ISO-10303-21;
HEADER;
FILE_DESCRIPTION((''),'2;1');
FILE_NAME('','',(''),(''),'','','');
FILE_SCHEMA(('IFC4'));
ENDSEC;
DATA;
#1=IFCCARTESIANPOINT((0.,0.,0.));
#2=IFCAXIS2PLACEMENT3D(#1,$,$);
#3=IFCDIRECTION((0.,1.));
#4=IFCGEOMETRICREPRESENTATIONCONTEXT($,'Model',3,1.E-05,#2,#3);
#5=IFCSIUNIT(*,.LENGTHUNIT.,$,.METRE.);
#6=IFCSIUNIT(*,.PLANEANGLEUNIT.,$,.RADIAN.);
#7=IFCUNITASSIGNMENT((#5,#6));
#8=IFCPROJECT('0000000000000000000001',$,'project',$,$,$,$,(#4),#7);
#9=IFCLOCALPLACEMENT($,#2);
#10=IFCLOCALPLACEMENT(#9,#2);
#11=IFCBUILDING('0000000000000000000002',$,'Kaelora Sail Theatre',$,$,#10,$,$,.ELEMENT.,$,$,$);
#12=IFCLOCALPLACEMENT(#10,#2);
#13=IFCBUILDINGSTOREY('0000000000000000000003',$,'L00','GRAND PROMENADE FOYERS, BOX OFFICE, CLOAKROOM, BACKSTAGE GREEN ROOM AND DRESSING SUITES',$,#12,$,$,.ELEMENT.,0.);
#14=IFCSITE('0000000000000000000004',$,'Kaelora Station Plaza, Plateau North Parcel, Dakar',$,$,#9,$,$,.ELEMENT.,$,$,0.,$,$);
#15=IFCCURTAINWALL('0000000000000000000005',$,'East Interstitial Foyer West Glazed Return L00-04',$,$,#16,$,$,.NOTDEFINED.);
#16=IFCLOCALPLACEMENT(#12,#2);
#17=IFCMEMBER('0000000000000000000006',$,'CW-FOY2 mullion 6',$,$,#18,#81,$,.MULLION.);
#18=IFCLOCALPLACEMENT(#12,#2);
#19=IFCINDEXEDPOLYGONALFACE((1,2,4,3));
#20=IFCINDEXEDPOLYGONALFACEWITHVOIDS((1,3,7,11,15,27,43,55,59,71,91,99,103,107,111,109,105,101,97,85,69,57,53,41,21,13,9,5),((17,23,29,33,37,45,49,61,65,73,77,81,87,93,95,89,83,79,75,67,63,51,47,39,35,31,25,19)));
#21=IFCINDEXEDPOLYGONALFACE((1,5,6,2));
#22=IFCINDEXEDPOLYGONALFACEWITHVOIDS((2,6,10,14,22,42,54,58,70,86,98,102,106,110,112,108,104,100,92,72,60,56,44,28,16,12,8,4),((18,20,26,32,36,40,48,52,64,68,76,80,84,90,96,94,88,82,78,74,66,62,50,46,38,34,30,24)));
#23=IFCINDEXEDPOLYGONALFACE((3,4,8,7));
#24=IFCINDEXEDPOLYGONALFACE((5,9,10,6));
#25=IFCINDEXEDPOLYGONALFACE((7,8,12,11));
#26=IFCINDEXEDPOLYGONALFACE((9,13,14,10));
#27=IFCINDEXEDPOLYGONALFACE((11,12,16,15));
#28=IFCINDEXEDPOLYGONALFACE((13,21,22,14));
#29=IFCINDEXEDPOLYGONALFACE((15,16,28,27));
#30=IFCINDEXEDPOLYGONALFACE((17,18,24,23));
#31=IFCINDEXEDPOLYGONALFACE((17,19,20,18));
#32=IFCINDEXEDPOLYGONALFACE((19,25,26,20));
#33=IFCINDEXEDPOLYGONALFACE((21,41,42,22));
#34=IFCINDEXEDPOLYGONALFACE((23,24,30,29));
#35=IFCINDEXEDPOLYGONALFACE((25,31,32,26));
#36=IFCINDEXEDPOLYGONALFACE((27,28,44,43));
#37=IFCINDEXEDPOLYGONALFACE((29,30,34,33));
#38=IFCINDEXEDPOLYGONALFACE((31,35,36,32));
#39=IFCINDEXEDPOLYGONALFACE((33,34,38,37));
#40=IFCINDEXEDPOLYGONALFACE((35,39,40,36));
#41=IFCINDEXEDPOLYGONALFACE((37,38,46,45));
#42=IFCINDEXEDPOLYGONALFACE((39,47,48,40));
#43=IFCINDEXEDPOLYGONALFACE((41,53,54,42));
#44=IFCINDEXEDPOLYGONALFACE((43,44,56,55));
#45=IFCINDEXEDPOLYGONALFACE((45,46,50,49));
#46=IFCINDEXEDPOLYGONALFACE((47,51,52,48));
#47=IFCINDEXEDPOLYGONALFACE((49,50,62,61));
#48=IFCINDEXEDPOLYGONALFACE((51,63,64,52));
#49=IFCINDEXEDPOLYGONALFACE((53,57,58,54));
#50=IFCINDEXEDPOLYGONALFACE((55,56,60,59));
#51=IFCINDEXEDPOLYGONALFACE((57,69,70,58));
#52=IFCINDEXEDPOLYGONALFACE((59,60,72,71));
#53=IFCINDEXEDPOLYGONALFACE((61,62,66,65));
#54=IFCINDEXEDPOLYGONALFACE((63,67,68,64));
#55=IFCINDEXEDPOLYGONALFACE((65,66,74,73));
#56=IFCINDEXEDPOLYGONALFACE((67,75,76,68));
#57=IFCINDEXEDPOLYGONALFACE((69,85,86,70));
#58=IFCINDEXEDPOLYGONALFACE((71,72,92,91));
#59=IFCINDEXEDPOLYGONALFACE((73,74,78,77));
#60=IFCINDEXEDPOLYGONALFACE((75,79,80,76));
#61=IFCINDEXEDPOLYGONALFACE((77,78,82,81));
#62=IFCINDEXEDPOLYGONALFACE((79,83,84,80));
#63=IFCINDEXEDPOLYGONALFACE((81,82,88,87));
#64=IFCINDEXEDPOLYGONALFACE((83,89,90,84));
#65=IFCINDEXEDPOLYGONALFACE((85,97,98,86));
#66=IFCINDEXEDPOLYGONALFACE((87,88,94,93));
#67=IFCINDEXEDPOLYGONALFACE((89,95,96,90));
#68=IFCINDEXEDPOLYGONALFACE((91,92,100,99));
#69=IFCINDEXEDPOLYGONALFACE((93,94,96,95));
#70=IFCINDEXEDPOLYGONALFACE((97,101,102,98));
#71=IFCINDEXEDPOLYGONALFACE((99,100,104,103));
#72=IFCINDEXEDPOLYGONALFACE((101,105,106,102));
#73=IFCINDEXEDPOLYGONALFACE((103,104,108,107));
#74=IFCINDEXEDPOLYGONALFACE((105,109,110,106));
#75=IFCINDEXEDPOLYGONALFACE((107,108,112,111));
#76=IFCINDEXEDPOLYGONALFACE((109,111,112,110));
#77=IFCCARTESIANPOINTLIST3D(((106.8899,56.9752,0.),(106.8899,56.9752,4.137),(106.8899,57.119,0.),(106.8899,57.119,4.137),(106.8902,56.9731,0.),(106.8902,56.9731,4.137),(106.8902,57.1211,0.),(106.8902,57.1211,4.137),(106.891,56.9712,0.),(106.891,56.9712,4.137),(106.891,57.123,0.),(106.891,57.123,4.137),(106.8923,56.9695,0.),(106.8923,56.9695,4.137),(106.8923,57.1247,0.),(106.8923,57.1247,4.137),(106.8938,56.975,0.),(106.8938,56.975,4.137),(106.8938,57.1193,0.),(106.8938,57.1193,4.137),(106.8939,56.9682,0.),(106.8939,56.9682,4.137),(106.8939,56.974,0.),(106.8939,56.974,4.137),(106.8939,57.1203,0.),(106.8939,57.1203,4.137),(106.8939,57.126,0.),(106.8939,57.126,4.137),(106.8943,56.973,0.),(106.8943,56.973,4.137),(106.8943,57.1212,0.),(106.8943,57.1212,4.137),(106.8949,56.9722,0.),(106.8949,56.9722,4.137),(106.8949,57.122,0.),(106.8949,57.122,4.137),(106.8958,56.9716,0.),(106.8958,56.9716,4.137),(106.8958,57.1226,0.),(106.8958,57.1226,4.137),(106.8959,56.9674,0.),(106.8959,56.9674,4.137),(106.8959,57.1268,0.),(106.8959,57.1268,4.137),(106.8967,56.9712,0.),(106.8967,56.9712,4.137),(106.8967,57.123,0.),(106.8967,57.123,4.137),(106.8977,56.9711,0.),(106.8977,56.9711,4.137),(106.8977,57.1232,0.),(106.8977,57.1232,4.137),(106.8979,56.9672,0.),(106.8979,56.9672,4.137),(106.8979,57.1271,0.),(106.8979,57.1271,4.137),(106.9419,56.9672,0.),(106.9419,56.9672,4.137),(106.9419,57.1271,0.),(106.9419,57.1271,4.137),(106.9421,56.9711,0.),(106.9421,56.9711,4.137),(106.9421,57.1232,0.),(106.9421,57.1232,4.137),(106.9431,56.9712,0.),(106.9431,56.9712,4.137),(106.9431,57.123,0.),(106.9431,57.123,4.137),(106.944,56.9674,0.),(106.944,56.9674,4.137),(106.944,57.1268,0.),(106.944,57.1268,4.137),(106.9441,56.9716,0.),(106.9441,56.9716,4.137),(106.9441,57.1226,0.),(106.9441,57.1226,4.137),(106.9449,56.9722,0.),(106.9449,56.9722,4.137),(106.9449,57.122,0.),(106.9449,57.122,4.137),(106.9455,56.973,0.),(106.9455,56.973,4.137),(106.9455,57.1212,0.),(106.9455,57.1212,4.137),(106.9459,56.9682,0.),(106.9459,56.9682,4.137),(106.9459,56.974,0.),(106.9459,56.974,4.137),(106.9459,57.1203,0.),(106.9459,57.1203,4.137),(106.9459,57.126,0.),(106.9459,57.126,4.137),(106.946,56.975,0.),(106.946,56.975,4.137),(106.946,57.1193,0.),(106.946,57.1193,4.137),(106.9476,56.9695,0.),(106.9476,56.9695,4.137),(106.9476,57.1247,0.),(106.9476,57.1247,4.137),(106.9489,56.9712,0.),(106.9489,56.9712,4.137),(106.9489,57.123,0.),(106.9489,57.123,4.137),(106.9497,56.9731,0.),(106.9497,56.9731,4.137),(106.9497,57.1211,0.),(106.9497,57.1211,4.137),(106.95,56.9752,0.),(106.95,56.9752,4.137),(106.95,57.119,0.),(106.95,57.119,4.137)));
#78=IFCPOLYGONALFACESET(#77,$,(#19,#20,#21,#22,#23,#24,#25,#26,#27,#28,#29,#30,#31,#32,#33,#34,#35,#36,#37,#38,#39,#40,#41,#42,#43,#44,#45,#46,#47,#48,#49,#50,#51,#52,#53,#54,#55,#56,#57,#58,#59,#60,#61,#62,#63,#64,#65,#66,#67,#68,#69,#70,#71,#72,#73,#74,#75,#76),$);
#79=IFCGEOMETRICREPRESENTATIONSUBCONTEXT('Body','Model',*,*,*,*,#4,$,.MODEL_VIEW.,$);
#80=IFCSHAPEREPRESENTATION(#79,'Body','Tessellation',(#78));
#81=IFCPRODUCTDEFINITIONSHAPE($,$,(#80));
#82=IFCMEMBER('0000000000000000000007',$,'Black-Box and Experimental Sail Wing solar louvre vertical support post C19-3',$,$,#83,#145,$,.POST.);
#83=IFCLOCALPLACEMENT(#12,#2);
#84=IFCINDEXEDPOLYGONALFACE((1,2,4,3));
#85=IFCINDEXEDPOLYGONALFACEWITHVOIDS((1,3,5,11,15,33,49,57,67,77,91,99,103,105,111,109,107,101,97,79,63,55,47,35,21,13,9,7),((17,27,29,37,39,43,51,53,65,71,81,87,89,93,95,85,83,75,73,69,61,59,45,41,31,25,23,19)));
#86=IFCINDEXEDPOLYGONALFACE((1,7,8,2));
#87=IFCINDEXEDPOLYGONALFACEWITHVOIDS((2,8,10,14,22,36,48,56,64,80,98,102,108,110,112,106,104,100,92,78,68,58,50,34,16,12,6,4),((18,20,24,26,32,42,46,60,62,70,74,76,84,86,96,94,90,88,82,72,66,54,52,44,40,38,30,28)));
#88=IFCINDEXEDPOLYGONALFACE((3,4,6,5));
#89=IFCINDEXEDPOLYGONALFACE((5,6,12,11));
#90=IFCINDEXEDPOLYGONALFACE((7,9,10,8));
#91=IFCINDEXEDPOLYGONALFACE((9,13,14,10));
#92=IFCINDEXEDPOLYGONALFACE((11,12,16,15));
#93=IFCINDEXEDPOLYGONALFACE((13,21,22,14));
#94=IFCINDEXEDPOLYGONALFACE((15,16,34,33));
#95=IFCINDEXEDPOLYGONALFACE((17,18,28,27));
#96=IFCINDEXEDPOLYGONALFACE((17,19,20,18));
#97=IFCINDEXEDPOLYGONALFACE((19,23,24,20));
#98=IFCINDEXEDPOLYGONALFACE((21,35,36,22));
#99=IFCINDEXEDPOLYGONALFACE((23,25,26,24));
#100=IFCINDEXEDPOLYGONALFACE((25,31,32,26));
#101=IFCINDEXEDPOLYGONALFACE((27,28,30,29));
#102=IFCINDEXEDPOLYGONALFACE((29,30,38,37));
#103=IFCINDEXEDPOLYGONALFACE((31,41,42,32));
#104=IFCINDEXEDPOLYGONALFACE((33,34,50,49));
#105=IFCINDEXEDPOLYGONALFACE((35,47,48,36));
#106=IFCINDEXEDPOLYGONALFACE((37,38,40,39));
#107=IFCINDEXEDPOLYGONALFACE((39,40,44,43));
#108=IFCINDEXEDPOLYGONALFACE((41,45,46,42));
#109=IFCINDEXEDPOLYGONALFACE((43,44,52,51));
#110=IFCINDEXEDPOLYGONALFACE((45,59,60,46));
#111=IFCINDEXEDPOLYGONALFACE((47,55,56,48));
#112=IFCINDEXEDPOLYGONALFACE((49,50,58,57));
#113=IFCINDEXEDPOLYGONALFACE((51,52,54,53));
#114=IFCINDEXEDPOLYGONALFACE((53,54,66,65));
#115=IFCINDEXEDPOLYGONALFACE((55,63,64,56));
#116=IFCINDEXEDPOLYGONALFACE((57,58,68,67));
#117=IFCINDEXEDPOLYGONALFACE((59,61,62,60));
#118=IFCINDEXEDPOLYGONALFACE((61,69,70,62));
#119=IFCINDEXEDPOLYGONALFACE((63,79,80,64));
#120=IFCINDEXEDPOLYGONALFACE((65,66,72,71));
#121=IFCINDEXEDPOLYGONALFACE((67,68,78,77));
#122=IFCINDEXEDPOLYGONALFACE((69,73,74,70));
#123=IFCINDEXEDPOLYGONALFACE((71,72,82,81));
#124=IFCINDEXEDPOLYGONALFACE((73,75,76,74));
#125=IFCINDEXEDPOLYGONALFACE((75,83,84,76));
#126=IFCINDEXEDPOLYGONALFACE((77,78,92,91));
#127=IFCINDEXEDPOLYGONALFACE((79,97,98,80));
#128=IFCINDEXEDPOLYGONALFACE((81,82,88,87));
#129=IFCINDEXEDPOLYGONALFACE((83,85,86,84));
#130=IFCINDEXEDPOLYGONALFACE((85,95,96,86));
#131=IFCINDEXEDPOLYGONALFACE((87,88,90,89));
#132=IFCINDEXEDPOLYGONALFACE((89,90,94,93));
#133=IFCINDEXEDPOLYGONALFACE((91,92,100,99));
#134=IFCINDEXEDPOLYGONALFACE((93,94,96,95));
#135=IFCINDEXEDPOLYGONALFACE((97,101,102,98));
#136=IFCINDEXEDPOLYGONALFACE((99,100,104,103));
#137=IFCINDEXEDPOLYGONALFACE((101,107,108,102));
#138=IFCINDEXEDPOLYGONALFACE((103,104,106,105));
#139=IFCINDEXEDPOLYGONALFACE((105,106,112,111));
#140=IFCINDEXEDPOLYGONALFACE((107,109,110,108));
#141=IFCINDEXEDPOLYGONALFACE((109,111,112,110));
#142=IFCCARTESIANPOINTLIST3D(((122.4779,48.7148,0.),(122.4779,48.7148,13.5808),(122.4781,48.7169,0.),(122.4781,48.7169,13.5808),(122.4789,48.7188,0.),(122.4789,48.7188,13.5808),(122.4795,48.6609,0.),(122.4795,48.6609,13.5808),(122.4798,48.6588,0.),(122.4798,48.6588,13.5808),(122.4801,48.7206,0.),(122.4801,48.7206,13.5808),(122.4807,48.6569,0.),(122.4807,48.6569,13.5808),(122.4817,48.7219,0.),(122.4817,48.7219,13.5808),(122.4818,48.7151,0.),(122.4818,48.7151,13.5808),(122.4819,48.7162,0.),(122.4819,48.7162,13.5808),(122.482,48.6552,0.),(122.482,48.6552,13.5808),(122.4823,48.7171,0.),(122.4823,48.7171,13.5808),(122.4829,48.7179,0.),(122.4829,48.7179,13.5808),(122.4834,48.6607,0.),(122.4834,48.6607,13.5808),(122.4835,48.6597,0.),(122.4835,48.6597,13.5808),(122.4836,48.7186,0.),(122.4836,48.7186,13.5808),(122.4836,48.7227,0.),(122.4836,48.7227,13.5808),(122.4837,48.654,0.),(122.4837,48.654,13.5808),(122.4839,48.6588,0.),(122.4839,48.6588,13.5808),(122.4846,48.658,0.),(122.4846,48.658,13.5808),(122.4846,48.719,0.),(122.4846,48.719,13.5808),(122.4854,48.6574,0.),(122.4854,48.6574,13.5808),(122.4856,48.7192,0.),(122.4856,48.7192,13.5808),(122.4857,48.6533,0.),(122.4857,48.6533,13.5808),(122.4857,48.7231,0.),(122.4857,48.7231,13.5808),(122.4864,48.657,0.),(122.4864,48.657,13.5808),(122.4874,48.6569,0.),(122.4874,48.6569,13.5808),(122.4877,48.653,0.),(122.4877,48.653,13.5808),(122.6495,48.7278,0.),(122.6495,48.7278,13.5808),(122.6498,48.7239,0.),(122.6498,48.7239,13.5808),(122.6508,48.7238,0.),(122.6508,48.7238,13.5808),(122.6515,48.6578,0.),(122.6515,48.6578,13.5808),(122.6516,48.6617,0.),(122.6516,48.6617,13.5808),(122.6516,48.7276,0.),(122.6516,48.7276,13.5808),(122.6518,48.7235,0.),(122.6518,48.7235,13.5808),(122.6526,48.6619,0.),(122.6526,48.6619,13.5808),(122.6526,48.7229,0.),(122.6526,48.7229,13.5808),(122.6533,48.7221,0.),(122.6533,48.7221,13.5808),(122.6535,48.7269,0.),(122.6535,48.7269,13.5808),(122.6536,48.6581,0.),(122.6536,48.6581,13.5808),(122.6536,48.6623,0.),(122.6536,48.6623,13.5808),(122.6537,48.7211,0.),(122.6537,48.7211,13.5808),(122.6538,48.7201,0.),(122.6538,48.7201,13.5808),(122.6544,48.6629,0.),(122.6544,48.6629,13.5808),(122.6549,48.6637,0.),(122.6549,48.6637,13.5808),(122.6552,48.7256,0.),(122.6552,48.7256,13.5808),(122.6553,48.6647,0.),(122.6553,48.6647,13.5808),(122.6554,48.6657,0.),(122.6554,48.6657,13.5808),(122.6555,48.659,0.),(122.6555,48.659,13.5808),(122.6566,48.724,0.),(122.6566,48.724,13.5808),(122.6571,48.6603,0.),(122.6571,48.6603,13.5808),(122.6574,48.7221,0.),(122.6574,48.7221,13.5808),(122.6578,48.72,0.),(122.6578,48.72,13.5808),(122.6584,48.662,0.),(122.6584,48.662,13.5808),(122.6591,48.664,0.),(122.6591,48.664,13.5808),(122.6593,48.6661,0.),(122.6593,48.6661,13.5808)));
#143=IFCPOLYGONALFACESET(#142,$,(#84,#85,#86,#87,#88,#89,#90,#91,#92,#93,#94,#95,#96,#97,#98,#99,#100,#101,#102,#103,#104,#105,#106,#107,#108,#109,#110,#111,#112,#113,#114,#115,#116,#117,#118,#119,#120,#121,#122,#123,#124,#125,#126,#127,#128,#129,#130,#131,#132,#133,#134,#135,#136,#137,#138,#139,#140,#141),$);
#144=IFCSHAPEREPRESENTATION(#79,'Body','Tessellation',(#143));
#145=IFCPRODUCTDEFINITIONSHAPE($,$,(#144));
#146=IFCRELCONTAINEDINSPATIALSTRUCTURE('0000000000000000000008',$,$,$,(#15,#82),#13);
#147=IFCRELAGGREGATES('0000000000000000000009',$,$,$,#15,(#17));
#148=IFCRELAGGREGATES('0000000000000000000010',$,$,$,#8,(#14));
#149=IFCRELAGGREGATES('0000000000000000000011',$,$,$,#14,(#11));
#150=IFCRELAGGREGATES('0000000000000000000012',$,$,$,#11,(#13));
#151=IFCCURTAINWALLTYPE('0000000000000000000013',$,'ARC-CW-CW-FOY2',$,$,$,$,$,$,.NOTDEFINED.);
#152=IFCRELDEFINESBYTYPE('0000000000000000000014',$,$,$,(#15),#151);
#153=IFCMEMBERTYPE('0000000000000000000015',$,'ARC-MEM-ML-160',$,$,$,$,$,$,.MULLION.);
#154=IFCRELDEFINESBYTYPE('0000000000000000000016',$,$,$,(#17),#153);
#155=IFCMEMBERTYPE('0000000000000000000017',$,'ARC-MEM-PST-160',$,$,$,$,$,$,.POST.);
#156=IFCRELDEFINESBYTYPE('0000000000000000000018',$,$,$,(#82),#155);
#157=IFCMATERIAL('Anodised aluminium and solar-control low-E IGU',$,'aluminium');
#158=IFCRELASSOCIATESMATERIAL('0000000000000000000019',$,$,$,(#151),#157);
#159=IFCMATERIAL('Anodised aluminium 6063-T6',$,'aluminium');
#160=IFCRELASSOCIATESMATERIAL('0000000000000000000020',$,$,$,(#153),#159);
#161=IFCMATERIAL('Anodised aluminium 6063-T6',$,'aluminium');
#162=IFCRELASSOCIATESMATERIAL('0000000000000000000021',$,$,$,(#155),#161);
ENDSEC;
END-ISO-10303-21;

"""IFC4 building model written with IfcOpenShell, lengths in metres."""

from ifc_helpers import new_model, si_unit, direction, frame, origin, origin_2d, place, context, subcontext, project, spatial, hollow_rectangle, extrude, material, material_profile, profile_set, type_object, element, aggregate, save


model = new_model("IFC4")

# Units and contexts
model_context = context("Model", 3, precision=1e-05, world=origin(), true_north=direction((0.0, 1.0)))
body_context = subcontext(model_context, "Body", "Model", "MODEL_VIEW")
ifc_project = project(units=[si_unit("LENGTHUNIT", "METRE"), si_unit("PLANEANGLEUNIT", "RADIAN")], contexts=[model_context])

# Site, building, storey
site_placement = place(None, origin())
site = spatial("IfcSite", under=ifc_project, at=site_placement, Name="Kaelora Station Plaza, Plateau North Parcel, Dakar", CompositionType="ELEMENT", RefElevation=0.0)
building_placement = place(site_placement, origin())
building = spatial("IfcBuilding", under=site, at=building_placement, Name="Kaelora Sail Theatre", CompositionType="ELEMENT")
storey_placement = place(building_placement, origin())
storey = spatial("IfcBuildingStorey", under=building, at=storey_placement, Name="L00", Description="GRAND PROMENADE FOYERS, BOX OFFICE, CLOAKROOM, BACKSTAGE GREEN ROOM AND DRESSING SUITES", CompositionType="ELEMENT", Elevation=0.0)

# Curtain wall, member
ifc_material_1 = material(Name="Anodised aluminium and solar-control low-E IGU", Category="aluminium")
curtain_wall_type = type_object("IfcCurtainWallType", Name="ARC-CW-CW-FOY2", PredefinedType="NOTDEFINED", material=ifc_material_1)
curtain_wall_placement = place(storey_placement, origin())
curtain_wall = element("IfcCurtainWall", 1, at=curtain_wall_placement, inside=storey, type_object=curtain_wall_type, Name="East Interstitial Foyer West Glazed Return L00-04", PredefinedType="NOTDEFINED")
ifc_material_2 = material(Name="Anodised aluminium 6063-T6", Category="aluminium")
ifc_material_profile_1 = material_profile(ifc_material_2, hollow_rectangle(XDim=0.0601, YDim=0.1599, WallThickness=0.0039, InnerFilletRadius=0.0039, OuterFilletRadius=0.0081, at=origin_2d()), Name="ALU-MULL 60x160x4")
ifc_profile_set_1 = profile_set([ifc_material_profile_1], Name="Anodised aluminium 6063-T6")
member_type_1 = type_object("IfcMemberType", Name="ARC-MEM-ML-160", PredefinedType="MULLION", material=ifc_profile_set_1)
member_1_placement = place(storey_placement, frame((106.9199, 57.0471, 0.0), z_axis=(0.0, 0.0, 1.0), x_axis=(-1.0, 0.0, 0.0)))
member_1 = element("IfcMember", 2, at=member_1_placement, type_object=member_type_1, Name="CW-FOY2 mullion 6", PredefinedType="MULLION", context=body_context, shape_type="SweptSolid", body=[
    extrude(hollow_rectangle(XDim=0.0601, YDim=0.1599, WallThickness=0.0039, InnerFilletRadius=0.0039, OuterFilletRadius=0.0081, at=origin_2d()), origin(), (0.0, 0.0, 1.0), 4.137),
])

# Member
ifc_material_3 = material(Name="Anodised aluminium 6063-T6", Category="aluminium")
ifc_material_profile_2 = material_profile(ifc_material_3, hollow_rectangle(XDim=0.0701, YDim=0.1799, WallThickness=0.0039, InnerFilletRadius=0.0039, OuterFilletRadius=0.0081, at=origin_2d()), Name="ALU-MULL 70x180x4")
ifc_profile_set_2 = profile_set([ifc_material_profile_2], Name="Anodised aluminium 6063-T6")
member_type_2 = type_object("IfcMemberType", Name="ARC-MEM-PST-160", PredefinedType="POST", material=ifc_profile_set_2)
member_2_placement = place(storey_placement, frame((122.5686, 48.6904, 0.0), z_axis=(0.0, 0.0, 1.0), x_axis=(-0.028968, 0.99958, 0.0)))
element("IfcMember", 3, at=member_2_placement, inside=storey, type_object=member_type_2, Name="Black-Box and Experimental Sail Wing solar louvre vertical support post C19-3", PredefinedType="POST", context=body_context, shape_type="SweptSolid", body=[
    extrude(hollow_rectangle(XDim=0.0701, YDim=0.1799, WallThickness=0.0039, InnerFilletRadius=0.0039, OuterFilletRadius=0.0081, at=origin_2d()), origin(), (0.0, 0.0, 1.0), 13.5808),
])

aggregate(curtain_wall, [member_1])

save(model, "model.ifc")
